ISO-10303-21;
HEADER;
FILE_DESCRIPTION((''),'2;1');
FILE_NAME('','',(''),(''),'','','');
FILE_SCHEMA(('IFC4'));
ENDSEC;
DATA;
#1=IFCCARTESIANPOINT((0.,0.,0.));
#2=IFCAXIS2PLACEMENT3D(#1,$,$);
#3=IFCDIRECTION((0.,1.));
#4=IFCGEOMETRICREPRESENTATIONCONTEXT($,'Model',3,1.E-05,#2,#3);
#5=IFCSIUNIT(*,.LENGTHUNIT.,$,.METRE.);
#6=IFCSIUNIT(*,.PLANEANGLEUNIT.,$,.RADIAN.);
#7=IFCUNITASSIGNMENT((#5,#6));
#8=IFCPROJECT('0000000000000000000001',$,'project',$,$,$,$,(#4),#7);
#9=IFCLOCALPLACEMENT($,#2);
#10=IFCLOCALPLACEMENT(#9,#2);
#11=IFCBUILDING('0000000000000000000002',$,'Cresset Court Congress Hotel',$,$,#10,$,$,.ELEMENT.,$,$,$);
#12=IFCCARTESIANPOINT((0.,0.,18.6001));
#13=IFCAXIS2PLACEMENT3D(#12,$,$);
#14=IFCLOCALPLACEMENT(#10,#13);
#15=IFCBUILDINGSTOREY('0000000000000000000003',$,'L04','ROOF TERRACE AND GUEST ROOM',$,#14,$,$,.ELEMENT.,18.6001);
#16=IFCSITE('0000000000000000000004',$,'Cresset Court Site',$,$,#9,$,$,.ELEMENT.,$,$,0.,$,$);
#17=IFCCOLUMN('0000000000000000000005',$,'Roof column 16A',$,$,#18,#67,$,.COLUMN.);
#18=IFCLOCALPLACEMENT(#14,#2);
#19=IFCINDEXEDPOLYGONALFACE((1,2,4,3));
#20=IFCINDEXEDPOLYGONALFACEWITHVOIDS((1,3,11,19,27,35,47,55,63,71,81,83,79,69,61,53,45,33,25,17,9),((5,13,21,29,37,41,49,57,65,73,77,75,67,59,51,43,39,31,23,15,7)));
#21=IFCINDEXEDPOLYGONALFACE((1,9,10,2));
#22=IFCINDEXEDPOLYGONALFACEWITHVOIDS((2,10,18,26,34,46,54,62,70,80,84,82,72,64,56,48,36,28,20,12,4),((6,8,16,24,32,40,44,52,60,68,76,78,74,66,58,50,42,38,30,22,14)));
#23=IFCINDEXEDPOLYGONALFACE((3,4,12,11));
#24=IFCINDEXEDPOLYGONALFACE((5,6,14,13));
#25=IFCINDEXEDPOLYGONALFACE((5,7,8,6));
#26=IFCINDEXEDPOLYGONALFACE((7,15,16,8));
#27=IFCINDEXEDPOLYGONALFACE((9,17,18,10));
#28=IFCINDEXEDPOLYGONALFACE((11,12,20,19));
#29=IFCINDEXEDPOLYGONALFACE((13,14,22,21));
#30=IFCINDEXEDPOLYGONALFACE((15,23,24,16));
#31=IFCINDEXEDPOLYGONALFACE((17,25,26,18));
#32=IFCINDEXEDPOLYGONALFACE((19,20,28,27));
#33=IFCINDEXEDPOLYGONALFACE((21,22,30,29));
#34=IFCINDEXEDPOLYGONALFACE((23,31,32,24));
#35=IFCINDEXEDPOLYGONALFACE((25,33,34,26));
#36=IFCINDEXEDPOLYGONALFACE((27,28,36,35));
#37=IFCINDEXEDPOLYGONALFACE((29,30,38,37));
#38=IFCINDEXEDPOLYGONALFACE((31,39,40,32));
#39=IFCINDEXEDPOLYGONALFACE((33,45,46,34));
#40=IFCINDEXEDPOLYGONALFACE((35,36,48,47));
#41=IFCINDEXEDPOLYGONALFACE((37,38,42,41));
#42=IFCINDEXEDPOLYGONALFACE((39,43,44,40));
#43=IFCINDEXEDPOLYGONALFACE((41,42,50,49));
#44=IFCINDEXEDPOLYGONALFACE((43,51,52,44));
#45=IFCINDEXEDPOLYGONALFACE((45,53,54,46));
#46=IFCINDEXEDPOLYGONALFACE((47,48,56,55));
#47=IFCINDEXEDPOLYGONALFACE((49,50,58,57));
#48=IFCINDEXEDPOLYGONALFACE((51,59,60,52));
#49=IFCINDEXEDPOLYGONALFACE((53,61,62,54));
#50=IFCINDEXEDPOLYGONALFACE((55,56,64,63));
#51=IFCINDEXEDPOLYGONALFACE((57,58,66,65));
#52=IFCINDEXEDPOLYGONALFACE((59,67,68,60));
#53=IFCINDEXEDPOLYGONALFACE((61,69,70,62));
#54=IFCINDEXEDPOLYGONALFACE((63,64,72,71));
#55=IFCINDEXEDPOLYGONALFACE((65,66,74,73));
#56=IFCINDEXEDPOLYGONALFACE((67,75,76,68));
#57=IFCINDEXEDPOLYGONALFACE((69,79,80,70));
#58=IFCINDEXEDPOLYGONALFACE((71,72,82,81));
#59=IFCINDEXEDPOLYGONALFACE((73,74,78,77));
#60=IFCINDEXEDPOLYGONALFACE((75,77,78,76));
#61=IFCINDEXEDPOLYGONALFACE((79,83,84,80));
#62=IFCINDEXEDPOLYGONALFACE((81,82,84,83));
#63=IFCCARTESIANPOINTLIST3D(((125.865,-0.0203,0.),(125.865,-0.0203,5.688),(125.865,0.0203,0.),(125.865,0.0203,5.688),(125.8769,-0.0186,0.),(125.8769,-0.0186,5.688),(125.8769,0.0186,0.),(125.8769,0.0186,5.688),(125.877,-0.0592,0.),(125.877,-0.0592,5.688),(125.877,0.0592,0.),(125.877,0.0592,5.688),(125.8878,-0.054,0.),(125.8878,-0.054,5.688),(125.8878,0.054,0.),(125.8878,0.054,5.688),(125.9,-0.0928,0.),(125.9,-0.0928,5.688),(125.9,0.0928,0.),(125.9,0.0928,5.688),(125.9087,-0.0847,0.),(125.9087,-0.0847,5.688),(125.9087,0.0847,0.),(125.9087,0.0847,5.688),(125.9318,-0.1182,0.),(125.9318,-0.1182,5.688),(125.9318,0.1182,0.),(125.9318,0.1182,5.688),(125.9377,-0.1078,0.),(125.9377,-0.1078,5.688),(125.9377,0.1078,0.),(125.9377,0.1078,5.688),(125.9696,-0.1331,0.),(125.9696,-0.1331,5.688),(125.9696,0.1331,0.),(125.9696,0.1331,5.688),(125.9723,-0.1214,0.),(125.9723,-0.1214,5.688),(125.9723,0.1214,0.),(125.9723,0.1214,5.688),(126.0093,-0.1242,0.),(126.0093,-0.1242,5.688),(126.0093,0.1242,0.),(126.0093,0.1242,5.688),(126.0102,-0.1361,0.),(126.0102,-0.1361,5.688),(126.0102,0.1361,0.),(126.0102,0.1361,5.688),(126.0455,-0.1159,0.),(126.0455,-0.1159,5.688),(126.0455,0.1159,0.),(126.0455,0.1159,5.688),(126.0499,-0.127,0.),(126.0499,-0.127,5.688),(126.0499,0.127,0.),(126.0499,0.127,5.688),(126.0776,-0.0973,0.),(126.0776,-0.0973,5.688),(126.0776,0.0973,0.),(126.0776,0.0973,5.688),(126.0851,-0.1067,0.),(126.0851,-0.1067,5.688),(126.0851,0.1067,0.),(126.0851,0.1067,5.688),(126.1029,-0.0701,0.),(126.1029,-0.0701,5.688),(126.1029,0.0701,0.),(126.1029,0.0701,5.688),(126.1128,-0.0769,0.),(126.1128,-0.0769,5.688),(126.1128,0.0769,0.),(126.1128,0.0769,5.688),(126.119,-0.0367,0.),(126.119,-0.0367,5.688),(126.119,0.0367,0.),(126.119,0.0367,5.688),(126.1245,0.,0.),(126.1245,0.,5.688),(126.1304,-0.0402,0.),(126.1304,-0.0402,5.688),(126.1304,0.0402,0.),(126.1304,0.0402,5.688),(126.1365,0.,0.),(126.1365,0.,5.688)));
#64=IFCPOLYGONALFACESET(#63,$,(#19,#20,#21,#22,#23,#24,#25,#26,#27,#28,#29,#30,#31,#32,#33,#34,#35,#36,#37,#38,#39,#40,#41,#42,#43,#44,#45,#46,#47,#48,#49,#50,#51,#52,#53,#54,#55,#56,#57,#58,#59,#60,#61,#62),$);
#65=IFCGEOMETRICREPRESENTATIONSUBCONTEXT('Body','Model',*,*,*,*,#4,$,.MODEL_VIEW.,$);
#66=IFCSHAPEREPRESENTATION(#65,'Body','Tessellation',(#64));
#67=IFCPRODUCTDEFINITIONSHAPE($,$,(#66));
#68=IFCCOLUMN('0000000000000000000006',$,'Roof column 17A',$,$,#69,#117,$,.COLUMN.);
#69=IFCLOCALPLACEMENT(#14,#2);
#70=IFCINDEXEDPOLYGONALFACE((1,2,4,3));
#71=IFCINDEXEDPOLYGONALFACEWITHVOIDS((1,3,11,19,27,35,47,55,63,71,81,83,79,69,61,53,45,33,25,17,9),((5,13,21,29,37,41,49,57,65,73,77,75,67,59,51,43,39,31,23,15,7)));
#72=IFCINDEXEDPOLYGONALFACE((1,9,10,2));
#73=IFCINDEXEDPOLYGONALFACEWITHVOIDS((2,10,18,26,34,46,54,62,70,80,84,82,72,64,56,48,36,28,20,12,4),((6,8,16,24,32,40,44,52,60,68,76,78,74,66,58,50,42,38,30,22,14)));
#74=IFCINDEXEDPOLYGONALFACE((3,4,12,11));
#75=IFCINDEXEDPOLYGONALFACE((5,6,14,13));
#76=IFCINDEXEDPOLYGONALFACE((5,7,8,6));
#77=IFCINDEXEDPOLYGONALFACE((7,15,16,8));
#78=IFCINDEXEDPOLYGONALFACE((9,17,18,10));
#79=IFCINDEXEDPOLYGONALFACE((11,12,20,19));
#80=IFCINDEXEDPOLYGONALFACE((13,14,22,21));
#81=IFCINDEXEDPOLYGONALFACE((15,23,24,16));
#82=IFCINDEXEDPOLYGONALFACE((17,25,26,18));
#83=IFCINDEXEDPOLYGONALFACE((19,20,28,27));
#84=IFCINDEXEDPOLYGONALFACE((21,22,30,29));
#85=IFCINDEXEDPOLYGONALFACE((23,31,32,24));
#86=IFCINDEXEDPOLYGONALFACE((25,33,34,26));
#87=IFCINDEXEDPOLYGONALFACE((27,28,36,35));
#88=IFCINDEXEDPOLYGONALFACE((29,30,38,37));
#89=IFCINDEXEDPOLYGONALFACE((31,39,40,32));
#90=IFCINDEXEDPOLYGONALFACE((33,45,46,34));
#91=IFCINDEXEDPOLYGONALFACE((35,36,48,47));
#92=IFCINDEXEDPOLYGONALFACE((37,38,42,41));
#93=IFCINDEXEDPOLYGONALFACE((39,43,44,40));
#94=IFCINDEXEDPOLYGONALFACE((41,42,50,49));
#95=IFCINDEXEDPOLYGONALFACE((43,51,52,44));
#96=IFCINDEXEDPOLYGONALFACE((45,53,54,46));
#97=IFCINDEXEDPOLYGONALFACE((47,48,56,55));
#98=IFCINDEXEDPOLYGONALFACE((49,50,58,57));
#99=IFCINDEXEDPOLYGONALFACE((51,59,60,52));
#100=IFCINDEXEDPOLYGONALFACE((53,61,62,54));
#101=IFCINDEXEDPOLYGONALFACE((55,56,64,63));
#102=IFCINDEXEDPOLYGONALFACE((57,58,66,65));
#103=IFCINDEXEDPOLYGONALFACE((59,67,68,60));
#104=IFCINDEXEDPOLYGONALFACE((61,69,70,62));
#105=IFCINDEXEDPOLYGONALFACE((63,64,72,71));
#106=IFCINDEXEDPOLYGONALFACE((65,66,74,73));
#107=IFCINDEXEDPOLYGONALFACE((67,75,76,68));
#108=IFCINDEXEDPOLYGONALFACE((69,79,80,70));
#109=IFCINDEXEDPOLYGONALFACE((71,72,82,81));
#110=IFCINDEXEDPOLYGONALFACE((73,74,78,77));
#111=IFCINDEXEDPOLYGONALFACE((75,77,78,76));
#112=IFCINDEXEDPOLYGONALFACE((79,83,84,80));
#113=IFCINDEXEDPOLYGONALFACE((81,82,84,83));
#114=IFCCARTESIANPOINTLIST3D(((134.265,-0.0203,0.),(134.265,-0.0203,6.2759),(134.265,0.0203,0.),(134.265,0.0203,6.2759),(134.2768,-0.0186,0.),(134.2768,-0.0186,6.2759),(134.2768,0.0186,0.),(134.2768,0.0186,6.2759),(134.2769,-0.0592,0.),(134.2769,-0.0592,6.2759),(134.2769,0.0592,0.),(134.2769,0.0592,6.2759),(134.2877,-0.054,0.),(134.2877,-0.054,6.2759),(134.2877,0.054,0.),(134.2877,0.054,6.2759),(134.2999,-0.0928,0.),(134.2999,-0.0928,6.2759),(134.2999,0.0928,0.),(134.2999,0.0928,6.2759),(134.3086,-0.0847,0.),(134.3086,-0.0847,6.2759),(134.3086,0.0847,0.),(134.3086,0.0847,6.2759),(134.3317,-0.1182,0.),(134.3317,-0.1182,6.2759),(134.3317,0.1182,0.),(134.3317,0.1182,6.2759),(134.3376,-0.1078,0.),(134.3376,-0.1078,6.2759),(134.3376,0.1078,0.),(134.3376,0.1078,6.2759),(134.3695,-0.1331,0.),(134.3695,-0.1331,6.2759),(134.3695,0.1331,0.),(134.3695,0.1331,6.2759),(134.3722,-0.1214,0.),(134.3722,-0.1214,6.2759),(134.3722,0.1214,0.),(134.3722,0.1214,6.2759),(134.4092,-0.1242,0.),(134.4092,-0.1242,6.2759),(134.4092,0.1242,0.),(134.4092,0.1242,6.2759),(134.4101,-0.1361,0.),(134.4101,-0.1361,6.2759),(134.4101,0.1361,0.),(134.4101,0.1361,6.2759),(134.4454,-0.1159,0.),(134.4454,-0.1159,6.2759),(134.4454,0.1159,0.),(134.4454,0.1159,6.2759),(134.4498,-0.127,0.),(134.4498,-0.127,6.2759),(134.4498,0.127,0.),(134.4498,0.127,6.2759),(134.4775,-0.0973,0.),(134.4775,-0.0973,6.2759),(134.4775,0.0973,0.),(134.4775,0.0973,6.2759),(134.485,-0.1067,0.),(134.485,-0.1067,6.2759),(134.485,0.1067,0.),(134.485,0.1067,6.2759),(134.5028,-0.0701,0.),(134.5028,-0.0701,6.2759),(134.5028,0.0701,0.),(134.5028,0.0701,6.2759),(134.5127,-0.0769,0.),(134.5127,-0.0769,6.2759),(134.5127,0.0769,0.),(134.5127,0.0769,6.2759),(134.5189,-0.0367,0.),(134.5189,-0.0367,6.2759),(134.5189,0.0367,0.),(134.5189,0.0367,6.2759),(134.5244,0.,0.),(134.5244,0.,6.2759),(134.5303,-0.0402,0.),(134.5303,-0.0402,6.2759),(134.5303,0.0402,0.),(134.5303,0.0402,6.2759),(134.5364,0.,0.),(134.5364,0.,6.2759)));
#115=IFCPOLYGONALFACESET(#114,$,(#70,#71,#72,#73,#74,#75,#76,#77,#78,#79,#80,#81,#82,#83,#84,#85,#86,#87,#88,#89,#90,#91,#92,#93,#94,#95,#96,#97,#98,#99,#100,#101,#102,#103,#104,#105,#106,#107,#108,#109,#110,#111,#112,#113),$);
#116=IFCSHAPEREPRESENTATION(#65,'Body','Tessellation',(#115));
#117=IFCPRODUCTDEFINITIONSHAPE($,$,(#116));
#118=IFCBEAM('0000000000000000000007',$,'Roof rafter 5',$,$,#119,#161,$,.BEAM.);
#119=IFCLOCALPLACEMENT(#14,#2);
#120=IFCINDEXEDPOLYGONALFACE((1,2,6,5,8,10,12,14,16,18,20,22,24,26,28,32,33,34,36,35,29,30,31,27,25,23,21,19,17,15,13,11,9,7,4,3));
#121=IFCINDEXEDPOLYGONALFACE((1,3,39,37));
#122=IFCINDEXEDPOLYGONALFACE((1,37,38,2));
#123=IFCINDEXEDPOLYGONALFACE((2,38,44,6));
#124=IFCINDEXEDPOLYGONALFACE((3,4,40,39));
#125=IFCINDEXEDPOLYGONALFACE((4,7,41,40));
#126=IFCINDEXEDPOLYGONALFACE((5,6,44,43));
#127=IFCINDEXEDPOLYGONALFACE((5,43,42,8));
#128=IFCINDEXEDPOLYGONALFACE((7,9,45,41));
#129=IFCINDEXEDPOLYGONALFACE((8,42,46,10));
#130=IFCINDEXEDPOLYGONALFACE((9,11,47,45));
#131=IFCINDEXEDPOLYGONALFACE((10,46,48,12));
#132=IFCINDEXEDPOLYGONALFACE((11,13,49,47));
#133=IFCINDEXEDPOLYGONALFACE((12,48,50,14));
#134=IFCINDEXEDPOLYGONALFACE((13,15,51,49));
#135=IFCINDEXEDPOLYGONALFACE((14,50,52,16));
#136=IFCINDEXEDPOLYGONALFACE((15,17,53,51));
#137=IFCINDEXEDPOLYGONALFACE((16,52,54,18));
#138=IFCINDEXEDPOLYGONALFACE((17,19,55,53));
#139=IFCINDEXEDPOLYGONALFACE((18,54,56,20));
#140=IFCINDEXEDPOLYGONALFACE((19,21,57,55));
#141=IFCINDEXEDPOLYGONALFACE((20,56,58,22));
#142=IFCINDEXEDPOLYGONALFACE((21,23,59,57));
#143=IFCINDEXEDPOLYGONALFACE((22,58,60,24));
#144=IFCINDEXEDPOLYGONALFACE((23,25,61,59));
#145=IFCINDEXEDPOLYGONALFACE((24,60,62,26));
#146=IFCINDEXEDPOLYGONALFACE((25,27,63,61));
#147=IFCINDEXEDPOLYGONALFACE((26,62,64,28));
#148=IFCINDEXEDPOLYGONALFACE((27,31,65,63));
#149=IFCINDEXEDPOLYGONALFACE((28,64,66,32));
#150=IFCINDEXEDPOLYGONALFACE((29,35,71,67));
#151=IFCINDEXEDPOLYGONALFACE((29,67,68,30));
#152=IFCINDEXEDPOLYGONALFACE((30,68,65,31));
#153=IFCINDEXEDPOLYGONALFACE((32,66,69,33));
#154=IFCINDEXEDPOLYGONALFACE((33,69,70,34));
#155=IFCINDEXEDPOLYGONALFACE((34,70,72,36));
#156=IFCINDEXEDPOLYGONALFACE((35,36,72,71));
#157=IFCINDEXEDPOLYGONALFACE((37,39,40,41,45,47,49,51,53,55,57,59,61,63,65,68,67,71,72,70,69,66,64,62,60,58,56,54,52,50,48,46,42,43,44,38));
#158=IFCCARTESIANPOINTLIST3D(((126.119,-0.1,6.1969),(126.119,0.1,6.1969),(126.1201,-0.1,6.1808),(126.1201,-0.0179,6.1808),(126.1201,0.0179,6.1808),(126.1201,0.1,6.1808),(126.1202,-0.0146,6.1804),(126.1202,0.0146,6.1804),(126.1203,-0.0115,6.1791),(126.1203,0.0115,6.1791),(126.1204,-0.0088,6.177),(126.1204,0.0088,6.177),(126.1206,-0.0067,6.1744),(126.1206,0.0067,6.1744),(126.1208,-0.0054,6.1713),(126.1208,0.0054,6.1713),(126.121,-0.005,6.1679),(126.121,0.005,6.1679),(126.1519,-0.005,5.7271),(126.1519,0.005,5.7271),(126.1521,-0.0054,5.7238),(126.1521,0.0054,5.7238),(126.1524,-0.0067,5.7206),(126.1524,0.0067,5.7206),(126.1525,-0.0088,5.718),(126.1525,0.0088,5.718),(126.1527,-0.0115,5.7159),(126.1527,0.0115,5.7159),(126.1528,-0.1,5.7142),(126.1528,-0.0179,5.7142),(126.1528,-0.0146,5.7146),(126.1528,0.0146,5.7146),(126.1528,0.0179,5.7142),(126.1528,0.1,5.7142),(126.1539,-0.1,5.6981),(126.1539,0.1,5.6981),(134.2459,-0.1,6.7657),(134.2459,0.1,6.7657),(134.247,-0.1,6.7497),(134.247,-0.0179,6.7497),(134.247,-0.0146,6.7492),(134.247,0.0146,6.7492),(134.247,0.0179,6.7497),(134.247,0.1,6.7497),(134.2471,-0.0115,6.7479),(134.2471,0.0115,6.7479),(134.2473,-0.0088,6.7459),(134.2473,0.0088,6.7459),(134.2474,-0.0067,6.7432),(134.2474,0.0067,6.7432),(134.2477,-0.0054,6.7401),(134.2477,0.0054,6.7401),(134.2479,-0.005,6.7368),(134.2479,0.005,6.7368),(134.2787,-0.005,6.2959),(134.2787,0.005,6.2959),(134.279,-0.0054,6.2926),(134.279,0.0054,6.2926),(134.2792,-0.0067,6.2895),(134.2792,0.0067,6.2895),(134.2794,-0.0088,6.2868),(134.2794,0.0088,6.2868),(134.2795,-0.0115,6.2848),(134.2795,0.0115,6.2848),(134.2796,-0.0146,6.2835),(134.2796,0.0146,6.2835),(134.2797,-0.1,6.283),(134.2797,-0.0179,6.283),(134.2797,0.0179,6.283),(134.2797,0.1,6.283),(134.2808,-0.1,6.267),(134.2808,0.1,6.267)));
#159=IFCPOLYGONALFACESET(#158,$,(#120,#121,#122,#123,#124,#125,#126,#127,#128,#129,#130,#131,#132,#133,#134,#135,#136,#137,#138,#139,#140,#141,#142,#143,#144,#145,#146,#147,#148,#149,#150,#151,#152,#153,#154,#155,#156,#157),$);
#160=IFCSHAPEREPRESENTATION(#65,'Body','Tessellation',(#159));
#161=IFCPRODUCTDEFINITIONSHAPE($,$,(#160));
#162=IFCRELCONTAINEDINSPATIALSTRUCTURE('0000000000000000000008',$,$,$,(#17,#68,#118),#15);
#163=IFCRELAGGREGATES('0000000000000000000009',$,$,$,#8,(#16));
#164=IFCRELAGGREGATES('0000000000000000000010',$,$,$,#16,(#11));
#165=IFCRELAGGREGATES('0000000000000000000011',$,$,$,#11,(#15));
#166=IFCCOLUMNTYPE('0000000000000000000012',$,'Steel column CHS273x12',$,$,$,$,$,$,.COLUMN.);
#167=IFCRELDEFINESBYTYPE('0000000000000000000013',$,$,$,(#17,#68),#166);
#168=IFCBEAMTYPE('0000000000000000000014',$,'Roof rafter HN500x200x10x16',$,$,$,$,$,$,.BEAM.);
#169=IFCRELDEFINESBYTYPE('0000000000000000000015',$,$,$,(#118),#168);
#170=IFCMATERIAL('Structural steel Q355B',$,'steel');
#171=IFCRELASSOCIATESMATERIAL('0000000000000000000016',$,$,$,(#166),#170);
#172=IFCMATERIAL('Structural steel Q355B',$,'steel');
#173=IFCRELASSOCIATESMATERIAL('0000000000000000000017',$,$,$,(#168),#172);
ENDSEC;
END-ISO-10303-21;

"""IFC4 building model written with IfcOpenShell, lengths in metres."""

from ifc_helpers import new_model, si_unit, direction, frame, origin, origin_2d, place, context, subcontext, project, spatial, hollow_circle, i_section, extrude, material, material_profile, profile_set, type_object, element, save


model = new_model("IFC4")

# Units and contexts
model_context = context("Model", 3, precision=1e-05, world=origin(), true_north=direction((0.0, 1.0)))
body_context = subcontext(model_context, "Body", "Model", "MODEL_VIEW")
ifc_project = project(units=[si_unit("LENGTHUNIT", "METRE"), si_unit("PLANEANGLEUNIT", "RADIAN")], contexts=[model_context])

# Site, building, storey
site_placement = place(None, origin())
site = spatial("IfcSite", under=ifc_project, at=site_placement, Name="Cresset Court Site", CompositionType="ELEMENT", RefElevation=0.0)
building_placement = place(site_placement, origin())
building = spatial("IfcBuilding", under=site, at=building_placement, Name="Cresset Court Congress Hotel", CompositionType="ELEMENT")
storey_placement = place(building_placement, frame((0.0, 0.0, 18.6001)))
storey = spatial("IfcBuildingStorey", under=building, at=storey_placement, Name="L04", Description="ROOF TERRACE AND GUEST ROOM", CompositionType="ELEMENT", Elevation=18.6001)

# Columns
ifc_material_1 = material(Name="Structural steel Q355B", Category="steel")
ifc_material_profile_1 = material_profile(ifc_material_1, hollow_circle(Radius=0.1365, WallThickness=0.012, at=origin_2d()), Name="CHS273x12")
ifc_profile_set_1 = profile_set([ifc_material_profile_1], Name="Structural steel Q355B")
column_type = type_object("IfcColumnType", Name="Steel column CHS273x12", PredefinedType="COLUMN", material=ifc_profile_set_1)
column_1_placement = place(storey_placement, frame((126.0, 0.0, 0.0), z_axis=(0.0, 0.0, 1.0), x_axis=(1.0, 0.0, 0.0)))
element("IfcColumn", 1, at=column_1_placement, inside=storey, type_object=column_type, Name="Roof column 16A", PredefinedType="COLUMN", context=body_context, shape_type="SweptSolid", body=[
    extrude(hollow_circle(Radius=0.1365, WallThickness=0.012, at=origin_2d()), origin(), (0.0, 0.0, 1.0), 5.688),
])
column_2_placement = place(storey_placement, frame((134.3999, 0.0, 0.0), z_axis=(0.0, 0.0, 1.0), x_axis=(1.0, 0.0, 0.0)))
element("IfcColumn", 2, at=column_2_placement, inside=storey, type_object=column_type, Name="Roof column 17A", PredefinedType="COLUMN", context=body_context, shape_type="SweptSolid", body=[
    extrude(hollow_circle(Radius=0.1365, WallThickness=0.012, at=origin_2d()), origin(), (0.0, 0.0, 1.0), 6.2759),
])

# Beam
ifc_material_2 = material(Name="Structural steel Q355B", Category="steel")
ifc_material_profile_2 = material_profile(ifc_material_2, i_section(OverallWidth=0.2, OverallDepth=0.5, WebThickness=0.01, FlangeThickness=0.0161, FilletRadius=0.0129, at=origin_2d()), Name="HN500x200x10x16")
ifc_profile_set_2 = profile_set([ifc_material_profile_2], Name="Structural steel Q355B")
beam_type_1 = type_object("IfcBeamType", Name="Roof rafter HN500x200x10x16", PredefinedType="BEAM", material=ifc_profile_set_2)
for number, where, z_axis, x_axis, name in (
    (3, (126.1365, 0.0, 5.9475), (0.997559, 0.0, 0.069824), (0.0, 1.0, 0.0), "Roof rafter 5"),
):
    element("IfcBeam", number, at=place(storey_placement, frame(where, z_axis=z_axis, x_axis=x_axis)), inside=storey, type_object=beam_type_1, Name=name, PredefinedType="BEAM", context=body_context, shape_type="SweptSolid", body=[
        extrude(i_section(OverallWidth=0.2, OverallDepth=0.5, WebThickness=0.01, FlangeThickness=0.0161, FilletRadius=0.0129, at=origin_2d()), origin(), (0.0, 0.0, 1.0), 8.1467),
    ])

save(model, "model.ifc")
